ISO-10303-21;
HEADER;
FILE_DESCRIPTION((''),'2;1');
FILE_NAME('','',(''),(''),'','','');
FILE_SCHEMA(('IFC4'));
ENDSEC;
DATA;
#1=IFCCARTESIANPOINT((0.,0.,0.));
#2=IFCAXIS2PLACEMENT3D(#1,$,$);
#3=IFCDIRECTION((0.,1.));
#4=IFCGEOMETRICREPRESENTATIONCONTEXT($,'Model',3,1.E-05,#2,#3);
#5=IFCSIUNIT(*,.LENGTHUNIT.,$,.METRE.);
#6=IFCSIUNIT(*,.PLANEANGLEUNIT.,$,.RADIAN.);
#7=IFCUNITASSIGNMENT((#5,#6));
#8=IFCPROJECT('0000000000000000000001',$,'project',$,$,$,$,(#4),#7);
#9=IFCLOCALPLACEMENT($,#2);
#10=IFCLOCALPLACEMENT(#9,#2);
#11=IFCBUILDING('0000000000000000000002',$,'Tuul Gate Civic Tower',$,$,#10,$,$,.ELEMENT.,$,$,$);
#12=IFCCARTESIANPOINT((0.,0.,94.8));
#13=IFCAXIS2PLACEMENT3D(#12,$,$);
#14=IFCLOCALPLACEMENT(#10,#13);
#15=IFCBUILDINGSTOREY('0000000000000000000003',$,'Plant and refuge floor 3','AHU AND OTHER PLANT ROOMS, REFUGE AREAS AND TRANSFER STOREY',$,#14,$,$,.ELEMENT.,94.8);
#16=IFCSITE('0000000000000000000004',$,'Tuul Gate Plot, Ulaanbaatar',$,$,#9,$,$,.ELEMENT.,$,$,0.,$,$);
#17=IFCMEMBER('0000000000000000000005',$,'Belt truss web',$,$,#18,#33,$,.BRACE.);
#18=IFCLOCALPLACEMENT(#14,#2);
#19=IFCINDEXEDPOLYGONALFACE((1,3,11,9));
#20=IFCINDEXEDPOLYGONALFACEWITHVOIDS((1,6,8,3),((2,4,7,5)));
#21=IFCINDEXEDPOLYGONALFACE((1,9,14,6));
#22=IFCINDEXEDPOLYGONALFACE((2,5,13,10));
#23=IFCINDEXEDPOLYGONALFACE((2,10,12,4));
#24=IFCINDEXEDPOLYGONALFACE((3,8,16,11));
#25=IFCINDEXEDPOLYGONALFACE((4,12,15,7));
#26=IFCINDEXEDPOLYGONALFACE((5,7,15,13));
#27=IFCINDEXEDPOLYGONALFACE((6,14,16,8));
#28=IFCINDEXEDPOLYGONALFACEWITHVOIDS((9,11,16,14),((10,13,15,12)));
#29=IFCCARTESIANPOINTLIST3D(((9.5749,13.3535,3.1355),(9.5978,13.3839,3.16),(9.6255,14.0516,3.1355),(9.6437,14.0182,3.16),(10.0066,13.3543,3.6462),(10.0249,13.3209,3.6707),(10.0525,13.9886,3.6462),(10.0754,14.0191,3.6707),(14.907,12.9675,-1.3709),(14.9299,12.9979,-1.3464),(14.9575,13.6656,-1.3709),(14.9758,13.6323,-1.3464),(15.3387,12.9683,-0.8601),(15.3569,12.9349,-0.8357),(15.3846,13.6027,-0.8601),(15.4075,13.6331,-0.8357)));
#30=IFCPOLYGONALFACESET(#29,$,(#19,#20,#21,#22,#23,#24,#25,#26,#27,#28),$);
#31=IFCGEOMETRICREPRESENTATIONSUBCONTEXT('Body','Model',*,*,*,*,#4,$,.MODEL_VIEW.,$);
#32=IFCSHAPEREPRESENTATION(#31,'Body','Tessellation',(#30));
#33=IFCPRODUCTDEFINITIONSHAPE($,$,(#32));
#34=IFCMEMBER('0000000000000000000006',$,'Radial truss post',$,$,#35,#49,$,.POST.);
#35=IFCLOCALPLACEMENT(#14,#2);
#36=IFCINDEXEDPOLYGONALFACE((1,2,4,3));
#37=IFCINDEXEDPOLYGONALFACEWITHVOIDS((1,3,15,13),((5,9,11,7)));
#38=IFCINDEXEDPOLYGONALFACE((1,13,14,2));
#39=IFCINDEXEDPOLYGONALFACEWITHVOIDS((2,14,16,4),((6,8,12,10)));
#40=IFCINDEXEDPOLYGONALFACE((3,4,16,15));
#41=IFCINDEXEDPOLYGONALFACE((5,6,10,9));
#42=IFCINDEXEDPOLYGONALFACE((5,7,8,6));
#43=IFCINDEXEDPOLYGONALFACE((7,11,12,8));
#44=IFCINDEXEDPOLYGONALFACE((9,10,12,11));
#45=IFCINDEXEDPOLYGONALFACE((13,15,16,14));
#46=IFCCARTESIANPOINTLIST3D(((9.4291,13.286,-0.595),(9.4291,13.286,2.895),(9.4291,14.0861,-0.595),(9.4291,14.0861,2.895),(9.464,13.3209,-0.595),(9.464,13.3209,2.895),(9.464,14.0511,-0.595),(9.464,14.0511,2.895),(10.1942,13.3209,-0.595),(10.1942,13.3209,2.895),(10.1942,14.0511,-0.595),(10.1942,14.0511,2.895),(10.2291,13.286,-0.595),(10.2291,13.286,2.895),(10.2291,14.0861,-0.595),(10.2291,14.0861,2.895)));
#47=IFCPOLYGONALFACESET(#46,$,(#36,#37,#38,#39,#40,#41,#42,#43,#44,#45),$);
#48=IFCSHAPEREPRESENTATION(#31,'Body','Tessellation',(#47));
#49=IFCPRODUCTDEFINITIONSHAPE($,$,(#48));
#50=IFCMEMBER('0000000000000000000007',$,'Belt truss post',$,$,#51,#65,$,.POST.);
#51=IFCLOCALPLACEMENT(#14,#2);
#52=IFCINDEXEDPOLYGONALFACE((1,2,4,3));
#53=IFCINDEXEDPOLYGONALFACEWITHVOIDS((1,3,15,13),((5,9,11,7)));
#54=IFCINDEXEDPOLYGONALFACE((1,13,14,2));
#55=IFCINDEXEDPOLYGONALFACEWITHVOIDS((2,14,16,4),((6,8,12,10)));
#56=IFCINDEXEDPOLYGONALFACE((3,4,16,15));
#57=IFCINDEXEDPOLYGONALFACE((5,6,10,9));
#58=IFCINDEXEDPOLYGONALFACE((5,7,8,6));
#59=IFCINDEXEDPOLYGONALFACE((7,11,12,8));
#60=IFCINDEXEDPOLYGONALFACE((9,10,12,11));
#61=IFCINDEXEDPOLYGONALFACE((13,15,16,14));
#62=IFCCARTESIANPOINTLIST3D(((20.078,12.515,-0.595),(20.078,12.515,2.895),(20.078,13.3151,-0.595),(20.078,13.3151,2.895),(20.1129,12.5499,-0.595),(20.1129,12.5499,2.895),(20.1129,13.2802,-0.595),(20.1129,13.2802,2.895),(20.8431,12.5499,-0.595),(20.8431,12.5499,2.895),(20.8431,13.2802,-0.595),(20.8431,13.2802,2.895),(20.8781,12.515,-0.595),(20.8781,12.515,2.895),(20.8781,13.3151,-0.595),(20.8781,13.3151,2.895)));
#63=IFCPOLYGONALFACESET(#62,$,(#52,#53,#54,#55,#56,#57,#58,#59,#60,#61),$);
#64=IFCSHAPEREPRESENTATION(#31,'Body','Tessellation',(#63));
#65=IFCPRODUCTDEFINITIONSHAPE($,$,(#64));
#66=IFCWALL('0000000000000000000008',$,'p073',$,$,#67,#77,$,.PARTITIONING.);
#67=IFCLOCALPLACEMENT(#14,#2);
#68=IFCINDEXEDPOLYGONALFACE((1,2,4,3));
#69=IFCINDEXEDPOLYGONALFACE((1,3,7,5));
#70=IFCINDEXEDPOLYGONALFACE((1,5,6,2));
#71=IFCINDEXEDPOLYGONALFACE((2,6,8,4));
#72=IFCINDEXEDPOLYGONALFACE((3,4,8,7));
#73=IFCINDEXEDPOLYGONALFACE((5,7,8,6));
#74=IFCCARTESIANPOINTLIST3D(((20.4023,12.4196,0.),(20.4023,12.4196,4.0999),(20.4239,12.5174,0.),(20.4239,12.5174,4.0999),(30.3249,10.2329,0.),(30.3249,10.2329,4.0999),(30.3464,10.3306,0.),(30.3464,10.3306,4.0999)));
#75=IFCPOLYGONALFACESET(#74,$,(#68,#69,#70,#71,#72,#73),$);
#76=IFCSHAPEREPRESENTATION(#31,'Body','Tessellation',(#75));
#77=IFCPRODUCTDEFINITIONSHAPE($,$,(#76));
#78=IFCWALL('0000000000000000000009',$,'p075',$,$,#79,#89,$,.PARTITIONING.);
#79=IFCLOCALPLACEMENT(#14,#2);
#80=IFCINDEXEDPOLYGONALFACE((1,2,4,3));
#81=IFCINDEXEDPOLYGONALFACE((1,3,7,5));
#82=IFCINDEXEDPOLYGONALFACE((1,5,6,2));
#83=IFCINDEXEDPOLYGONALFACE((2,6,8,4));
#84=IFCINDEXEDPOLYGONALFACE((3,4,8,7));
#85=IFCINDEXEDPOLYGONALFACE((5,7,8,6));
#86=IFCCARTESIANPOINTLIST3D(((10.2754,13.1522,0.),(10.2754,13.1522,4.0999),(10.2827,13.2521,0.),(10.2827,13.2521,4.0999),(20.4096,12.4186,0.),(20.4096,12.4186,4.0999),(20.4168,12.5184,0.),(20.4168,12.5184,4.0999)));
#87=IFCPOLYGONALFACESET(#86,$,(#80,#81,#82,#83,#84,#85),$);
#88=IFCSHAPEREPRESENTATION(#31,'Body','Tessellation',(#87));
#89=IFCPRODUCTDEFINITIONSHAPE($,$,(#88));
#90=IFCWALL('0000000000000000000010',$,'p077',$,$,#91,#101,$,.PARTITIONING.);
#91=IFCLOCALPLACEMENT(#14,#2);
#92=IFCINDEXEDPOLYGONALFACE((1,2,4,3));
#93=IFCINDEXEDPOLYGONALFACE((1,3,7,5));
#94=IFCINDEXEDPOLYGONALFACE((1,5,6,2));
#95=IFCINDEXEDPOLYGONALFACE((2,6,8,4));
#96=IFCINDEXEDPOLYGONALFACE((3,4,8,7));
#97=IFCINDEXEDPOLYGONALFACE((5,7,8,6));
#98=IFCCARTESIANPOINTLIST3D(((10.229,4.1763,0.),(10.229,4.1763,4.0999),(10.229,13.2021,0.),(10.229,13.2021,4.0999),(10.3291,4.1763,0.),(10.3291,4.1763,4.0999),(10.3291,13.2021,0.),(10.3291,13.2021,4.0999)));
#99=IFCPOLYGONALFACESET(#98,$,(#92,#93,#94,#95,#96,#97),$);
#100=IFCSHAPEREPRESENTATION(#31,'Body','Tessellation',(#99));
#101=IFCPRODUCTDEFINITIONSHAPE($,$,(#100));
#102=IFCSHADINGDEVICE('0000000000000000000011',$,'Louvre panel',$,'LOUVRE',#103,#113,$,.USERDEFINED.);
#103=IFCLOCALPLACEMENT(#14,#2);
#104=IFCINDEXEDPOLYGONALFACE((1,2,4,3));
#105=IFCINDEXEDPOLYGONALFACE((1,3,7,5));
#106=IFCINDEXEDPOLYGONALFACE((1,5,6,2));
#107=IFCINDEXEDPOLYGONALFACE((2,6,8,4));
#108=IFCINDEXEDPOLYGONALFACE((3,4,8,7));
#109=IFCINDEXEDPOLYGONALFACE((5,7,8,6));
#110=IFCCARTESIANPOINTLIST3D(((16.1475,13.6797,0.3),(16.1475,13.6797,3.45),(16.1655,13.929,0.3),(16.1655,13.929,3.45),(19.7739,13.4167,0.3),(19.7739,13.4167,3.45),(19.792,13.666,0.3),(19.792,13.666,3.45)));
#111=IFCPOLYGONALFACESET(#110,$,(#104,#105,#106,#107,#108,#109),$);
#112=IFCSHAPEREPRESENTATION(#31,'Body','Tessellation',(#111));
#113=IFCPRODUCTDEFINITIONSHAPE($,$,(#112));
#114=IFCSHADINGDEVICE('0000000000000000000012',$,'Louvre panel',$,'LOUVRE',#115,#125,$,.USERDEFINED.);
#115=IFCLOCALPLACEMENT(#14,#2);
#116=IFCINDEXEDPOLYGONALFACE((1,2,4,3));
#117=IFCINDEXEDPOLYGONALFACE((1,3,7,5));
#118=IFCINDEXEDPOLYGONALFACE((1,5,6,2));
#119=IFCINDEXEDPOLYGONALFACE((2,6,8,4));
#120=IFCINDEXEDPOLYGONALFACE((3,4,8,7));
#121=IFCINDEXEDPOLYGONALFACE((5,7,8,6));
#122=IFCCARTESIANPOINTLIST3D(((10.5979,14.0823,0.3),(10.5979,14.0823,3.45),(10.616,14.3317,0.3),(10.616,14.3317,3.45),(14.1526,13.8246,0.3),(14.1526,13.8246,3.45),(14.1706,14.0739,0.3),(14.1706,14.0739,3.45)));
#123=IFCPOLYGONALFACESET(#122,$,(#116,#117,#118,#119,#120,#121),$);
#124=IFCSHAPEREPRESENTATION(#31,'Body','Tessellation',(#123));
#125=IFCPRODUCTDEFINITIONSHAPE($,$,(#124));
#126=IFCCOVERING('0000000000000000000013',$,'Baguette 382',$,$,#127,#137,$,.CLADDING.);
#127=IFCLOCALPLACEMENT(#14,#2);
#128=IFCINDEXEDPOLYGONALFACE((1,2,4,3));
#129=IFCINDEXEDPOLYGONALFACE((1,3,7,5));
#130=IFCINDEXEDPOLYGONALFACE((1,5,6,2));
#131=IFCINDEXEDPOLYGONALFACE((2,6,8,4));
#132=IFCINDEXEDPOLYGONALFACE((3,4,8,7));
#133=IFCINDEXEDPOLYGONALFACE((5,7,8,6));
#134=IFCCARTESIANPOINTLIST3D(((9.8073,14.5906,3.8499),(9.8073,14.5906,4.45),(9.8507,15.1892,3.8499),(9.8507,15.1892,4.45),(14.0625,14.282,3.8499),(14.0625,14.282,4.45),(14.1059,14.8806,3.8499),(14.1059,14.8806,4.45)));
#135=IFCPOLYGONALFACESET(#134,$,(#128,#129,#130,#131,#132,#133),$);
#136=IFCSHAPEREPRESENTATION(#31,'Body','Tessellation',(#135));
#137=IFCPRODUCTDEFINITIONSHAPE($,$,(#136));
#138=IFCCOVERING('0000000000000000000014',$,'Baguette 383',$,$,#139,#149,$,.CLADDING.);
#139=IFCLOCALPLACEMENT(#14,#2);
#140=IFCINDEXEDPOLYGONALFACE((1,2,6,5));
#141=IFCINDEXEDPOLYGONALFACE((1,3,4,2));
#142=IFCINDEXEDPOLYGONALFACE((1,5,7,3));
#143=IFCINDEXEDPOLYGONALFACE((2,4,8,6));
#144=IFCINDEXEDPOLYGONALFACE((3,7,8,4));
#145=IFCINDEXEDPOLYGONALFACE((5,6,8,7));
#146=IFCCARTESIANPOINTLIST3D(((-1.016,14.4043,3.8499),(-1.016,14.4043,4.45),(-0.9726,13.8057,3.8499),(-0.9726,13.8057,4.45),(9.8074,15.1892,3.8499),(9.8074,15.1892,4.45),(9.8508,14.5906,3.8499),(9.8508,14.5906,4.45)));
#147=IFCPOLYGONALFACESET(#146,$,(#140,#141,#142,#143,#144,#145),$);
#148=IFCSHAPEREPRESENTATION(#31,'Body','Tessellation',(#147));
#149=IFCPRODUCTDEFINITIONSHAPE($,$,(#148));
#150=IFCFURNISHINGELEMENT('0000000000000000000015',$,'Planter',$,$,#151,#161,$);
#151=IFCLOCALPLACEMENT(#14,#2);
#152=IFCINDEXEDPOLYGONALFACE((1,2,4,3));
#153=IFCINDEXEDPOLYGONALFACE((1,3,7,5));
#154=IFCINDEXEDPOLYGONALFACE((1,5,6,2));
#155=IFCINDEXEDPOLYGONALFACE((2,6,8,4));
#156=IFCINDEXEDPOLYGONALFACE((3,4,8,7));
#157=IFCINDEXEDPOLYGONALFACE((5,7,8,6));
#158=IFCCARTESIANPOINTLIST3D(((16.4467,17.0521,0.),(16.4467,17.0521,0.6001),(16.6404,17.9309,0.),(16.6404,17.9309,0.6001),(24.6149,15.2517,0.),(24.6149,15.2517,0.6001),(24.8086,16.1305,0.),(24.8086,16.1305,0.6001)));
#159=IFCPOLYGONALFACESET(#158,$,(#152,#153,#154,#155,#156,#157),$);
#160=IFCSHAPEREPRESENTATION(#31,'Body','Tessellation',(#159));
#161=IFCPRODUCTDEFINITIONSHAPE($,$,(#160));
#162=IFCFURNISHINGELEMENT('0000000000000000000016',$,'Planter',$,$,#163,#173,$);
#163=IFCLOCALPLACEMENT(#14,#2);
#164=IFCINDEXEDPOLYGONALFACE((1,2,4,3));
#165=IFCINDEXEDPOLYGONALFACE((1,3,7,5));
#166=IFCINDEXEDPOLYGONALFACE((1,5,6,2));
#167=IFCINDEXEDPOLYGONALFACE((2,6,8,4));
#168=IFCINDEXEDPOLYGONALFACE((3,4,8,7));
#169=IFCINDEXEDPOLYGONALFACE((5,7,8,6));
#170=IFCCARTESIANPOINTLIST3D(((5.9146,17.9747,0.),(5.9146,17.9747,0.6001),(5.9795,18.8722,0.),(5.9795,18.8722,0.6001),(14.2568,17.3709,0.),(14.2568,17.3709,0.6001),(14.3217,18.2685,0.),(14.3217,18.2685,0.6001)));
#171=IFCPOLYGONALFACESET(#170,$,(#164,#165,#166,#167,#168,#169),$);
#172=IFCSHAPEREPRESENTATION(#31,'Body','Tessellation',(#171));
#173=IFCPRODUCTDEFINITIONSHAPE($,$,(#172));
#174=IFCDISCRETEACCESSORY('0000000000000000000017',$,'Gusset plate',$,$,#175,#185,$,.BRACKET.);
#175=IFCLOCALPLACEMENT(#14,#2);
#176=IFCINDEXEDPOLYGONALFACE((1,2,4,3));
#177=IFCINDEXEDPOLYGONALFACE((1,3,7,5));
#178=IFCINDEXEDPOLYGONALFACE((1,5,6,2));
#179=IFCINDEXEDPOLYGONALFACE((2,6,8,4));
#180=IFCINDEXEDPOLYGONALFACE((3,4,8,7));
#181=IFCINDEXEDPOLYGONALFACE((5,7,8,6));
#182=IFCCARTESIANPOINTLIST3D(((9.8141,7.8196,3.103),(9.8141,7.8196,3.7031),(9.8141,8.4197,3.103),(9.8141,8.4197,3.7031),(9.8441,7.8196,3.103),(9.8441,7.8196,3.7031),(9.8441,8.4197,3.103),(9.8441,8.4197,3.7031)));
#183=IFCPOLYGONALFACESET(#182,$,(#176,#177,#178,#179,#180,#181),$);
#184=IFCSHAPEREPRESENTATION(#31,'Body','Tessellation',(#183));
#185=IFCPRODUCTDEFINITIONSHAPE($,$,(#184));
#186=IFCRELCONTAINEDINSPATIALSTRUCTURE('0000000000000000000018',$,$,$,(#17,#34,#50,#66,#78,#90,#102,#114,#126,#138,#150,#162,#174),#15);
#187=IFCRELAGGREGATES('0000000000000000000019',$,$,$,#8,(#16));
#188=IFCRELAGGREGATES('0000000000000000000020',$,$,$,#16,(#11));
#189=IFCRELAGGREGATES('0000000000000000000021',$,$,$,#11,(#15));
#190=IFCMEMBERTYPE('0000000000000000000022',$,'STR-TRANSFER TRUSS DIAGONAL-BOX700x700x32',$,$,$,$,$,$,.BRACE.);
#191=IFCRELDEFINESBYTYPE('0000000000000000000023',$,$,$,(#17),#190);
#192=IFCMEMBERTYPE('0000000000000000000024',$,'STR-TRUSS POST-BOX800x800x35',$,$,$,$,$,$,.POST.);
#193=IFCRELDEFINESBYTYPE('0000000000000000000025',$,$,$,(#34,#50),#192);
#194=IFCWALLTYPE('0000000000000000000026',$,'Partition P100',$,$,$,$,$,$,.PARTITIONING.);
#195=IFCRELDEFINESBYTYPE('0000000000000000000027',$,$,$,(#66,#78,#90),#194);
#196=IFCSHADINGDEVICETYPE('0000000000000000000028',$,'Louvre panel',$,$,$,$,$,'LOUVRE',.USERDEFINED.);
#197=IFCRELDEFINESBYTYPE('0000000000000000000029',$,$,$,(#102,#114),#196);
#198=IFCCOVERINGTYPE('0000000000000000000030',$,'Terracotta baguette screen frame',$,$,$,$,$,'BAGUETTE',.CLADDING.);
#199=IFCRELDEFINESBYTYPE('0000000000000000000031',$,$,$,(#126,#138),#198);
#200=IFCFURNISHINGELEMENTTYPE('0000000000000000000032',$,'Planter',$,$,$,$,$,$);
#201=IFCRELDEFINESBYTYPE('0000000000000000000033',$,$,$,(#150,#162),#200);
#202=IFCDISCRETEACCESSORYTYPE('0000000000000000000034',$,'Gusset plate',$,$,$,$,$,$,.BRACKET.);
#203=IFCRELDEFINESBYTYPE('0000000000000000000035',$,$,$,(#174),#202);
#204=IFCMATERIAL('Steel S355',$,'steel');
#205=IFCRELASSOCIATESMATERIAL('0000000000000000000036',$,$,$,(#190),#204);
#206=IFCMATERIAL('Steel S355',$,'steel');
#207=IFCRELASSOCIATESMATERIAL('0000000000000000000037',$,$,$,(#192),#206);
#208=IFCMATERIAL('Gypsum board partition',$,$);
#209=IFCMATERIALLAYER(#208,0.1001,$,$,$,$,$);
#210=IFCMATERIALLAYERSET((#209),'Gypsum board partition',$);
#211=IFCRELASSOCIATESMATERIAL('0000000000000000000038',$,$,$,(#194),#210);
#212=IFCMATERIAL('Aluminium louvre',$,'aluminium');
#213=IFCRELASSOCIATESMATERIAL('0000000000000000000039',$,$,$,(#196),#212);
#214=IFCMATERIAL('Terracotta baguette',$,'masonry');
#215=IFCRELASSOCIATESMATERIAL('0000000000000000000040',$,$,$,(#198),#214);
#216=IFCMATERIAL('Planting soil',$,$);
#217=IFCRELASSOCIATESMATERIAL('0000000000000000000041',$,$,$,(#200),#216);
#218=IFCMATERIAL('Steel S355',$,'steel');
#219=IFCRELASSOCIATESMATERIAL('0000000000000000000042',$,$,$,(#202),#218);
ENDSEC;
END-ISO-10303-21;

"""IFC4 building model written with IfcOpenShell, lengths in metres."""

from ifc_helpers import new_model, si_unit, direction, frame, frame_2d, origin, origin_2d, place, context, subcontext, project, spatial, rectangle, hollow_rectangle, extrude, material, layer, layer_set, material_profile, profile_set, type_object, element, save


model = new_model("IFC4")

# Units and contexts
model_context = context("Model", 3, precision=1e-05, world=origin(), true_north=direction((0.0, 1.0)))
body_context = subcontext(model_context, "Body", "Model", "MODEL_VIEW")
ifc_project = project(units=[si_unit("LENGTHUNIT", "METRE"), si_unit("PLANEANGLEUNIT", "RADIAN")], contexts=[model_context])

# Site, building, storey
site_placement = place(None, origin())
site = spatial("IfcSite", under=ifc_project, at=site_placement, Name="Tuul Gate Plot, Ulaanbaatar", CompositionType="ELEMENT", RefElevation=0.0)
building_placement = place(site_placement, origin())
building = spatial("IfcBuilding", under=site, at=building_placement, Name="Tuul Gate Civic Tower", CompositionType="ELEMENT")
storey_placement = place(building_placement, frame((0.0, 0.0, 94.8)))
storey = spatial("IfcBuildingStorey", under=building, at=storey_placement, Name="Plant and refuge floor 3", Description="AHU AND OTHER PLANT ROOMS, REFUGE AREAS AND TRANSFER STOREY", CompositionType="ELEMENT", Elevation=94.8)

# Members
ifc_material_1 = material(Name="Steel S355", Category="steel")
ifc_material_profile_1 = material_profile(ifc_material_1, hollow_rectangle(XDim=0.7, YDim=0.7, WallThickness=0.032, at=origin_2d()), Name="BOX700x700x32")
ifc_profile_set_1 = profile_set([ifc_material_profile_1], Name="Steel S355")
member_type_1 = type_object("IfcMemberType", Name="STR-TRANSFER TRUSS DIAGONAL-BOX700x700x32", PredefinedType="BRACE", material=ifc_profile_set_1)
member_1_placement = place(storey_placement, frame((15.1572, 13.3003, -1.1033), z_axis=(-0.762601, 0.055205, 0.644509), x_axis=(-0.072201, -0.99739, 0.0)))
element("IfcMember", 1, at=member_1_placement, inside=storey, type_object=member_type_1, Name="Belt truss web", PredefinedType="BRACE", context=body_context, shape_type="SweptSolid", body=[
    extrude(hollow_rectangle(XDim=0.7, YDim=0.7, WallThickness=0.032, at=origin_2d()), origin(), (0.0, 0.0, 1.0), 6.9919),
])
ifc_material_2 = material(Name="Steel S355", Category="steel")
ifc_material_profile_2 = material_profile(ifc_material_2, hollow_rectangle(XDim=0.8, YDim=0.8, WallThickness=0.0349, at=origin_2d()), Name="BOX800x800x35")
ifc_profile_set_2 = profile_set([ifc_material_profile_2], Name="Steel S355")
member_type_2 = type_object("IfcMemberType", Name="STR-TRUSS POST-BOX800x800x35", PredefinedType="POST", material=ifc_profile_set_2)
for number, where, z_axis, x_axis, name in (
    (2, (9.8291, 13.686, -0.595), (0.0, 0.0, 1.0), (1.0, 0.0, 0.0), "Radial truss post"),
    (3, (20.478, 12.915, -0.595), (0.0, 0.0, 1.0), (1.0, 0.0, 0.0), "Belt truss post"),
):
    element("IfcMember", number, at=place(storey_placement, frame(where, z_axis=z_axis, x_axis=x_axis)), inside=storey, type_object=member_type_2, Name=name, PredefinedType="POST", context=body_context, shape_type="SweptSolid", body=[
        extrude(hollow_rectangle(XDim=0.8, YDim=0.8, WallThickness=0.0349, at=origin_2d()), origin(), (0.0, 0.0, 1.0), 3.49),
    ])

# Walls
ifc_material_3 = material(Name="Gypsum board partition")
ifc_layer_1 = layer(ifc_material_3, 0.1001)
ifc_layer_set_1 = layer_set([ifc_layer_1], Name="Gypsum board partition")
wall_type_1 = type_object("IfcWallType", Name="Partition P100", PredefinedType="PARTITIONING", material=ifc_layer_set_1)
for number, where, z_axis, x_axis, name in (
    (4, (20.4131, 12.4685, 0.0), (0.0, 0.0, 1.0), (0.976566, -0.215218, 0.0), "p073"),
    (5, (10.2791, 13.2021, 0.0), (0.0, 0.0, 1.0), (0.99739, -0.072205, 0.0), "p075"),
):
    element("IfcWall", number, at=place(storey_placement, frame(where, z_axis=z_axis, x_axis=x_axis)), inside=storey, type_object=wall_type_1, Name=name, PredefinedType="PARTITIONING", context=body_context, shape_type="SweptSolid", body=[
        extrude(rectangle(XDim=10.1606, YDim=0.1001, at=frame_2d((5.0803, 0.0))), origin(), (0.0, 0.0, 1.0), 4.0999),
    ])
wall_1_placement = place(storey_placement, frame((10.2791, 4.1763, 0.0), z_axis=(0.0, 0.0, 1.0), x_axis=(0.0, 1.0, 0.0)))
element("IfcWall", 6, at=wall_1_placement, inside=storey, type_object=wall_type_1, Name="p077", PredefinedType="PARTITIONING", context=body_context, shape_type="SweptSolid", body=[
    extrude(rectangle(XDim=9.0259, YDim=0.1001, at=frame_2d((4.5129, 0.0))), origin(), (0.0, 0.0, 1.0), 4.0999),
])

# Shading devices
ifc_material_4 = material(Name="Aluminium louvre", Category="aluminium")
shading_device_type = type_object("IfcShadingDeviceType", Name="Louvre panel", ElementType="LOUVRE", PredefinedType="USERDEFINED", material=ifc_material_4)
shading_device_1_placement = place(storey_placement, frame((17.9697, 13.6729, 0.3), z_axis=(0.0, 0.0, 1.0), x_axis=(0.072332, 0.997381, 0.0)))
element("IfcShadingDevice", 7, at=shading_device_1_placement, inside=storey, type_object=shading_device_type, Name="Louvre panel", ObjectType="LOUVRE", PredefinedType="USERDEFINED", context=body_context, shape_type="SweptSolid", body=[
    extrude(rectangle(XDim=0.25, YDim=3.636, at=origin_2d()), origin(), (0.0, 0.0, 1.0), 3.1499),
])
shading_device_2_placement = place(storey_placement, frame((12.3843, 14.0781, 0.3), z_axis=(0.0, 0.0, 1.0), x_axis=(0.072332, 0.997381, 0.0)))
element("IfcShadingDevice", 8, at=shading_device_2_placement, inside=storey, type_object=shading_device_type, Name="Louvre panel", ObjectType="LOUVRE", PredefinedType="USERDEFINED", context=body_context, shape_type="SweptSolid", body=[
    extrude(rectangle(XDim=0.25, YDim=3.564, at=origin_2d()), origin(), (0.0, 0.0, 1.0), 3.1499),
])

# Coverings
ifc_material_5 = material(Name="Terracotta baguette", Category="masonry")
ifc_material_profile_3 = material_profile(ifc_material_5, rectangle(XDim=0.6001, YDim=0.6001, at=origin_2d()), Name="Terracotta baguette screen frame")
ifc_profile_set_3 = profile_set([ifc_material_profile_3], Name="Terracotta baguette")
covering_type = type_object("IfcCoveringType", Name="Terracotta baguette screen frame", ElementType="BAGUETTE", PredefinedType="CLADDING", material=ifc_profile_set_3)
covering_1_placement = place(storey_placement, frame((14.0842, 14.5813, 4.1499), z_axis=(-0.997381, 0.072333, 0.0), x_axis=(-0.072333, -0.997381, 0.0)))
element("IfcCovering", 9, at=covering_1_placement, inside=storey, type_object=covering_type, Name="Baguette 382", PredefinedType="CLADDING", context=body_context, shape_type="SweptSolid", body=[
    extrude(rectangle(XDim=0.6001, YDim=0.6001, at=origin_2d()), origin(), (0.0, 0.0, 1.0), 4.2664),
])
covering_2_placement = place(storey_placement, frame((9.8291, 14.8899, 4.1499), z_axis=(-0.997381, -0.072329, 0.0), x_axis=(0.072329, -0.997381, 0.0)))
element("IfcCovering", 10, at=covering_2_placement, inside=storey, type_object=covering_type, Name="Baguette 383", PredefinedType="CLADDING", context=body_context, shape_type="SweptSolid", body=[
    extrude(rectangle(XDim=0.6001, YDim=0.6001, at=origin_2d()), origin(), (0.0, 0.0, 1.0), 10.8518),
])

# Furnishing elements
ifc_material_6 = material(Name="Planting soil")
furnishing_element_type = type_object("IfcFurnishingElementType", Name="Planter", material=ifc_material_6)
furnishing_1_placement = place(storey_placement, frame((20.6277, 16.5913, 0.0), z_axis=(0.0, 0.0, 1.0), x_axis=(-0.976559, 0.215248, 0.0)))
element("IfcFurnishingElement", 11, at=furnishing_1_placement, inside=storey, type_object=furnishing_element_type, Name="Planter", context=body_context, shape_type="SweptSolid", body=[
    extrude(rectangle(XDim=8.3643, YDim=0.8999, at=origin_2d()), origin(), (0.0, 0.0, 1.0), 0.6001),
])
furnishing_2_placement = place(storey_placement, frame((10.1182, 18.1216, 0.0), z_axis=(0.0, 0.0, 1.0), x_axis=(-0.997391, 0.072185, 0.0)))
element("IfcFurnishingElement", 12, at=furnishing_2_placement, inside=storey, type_object=furnishing_element_type, Name="Planter", context=body_context, shape_type="SweptSolid", body=[
    extrude(rectangle(XDim=8.364, YDim=0.8999, at=origin_2d()), origin(), (0.0, 0.0, 1.0), 0.6001),
])

# Discrete accessory
ifc_material_7 = material(Name="Steel S355", Category="steel")
discrete_accessory_type = type_object("IfcDiscreteAccessoryType", Name="Gusset plate", PredefinedType="BRACKET", material=ifc_material_7)
discrete_accessory_placement = place(storey_placement, frame((9.8291, 8.1196, 3.103), z_axis=(0.0, 0.0, 1.0), x_axis=(0.0, 1.0, 0.0)))
element("IfcDiscreteAccessory", 13, at=discrete_accessory_placement, inside=storey, type_object=discrete_accessory_type, Name="Gusset plate", PredefinedType="BRACKET", context=body_context, shape_type="SweptSolid", body=[
    extrude(rectangle(XDim=0.6001, YDim=0.03, at=origin_2d()), origin(), (0.0, 0.0, 1.0), 0.6001),
])

save(model, "model.ifc")
